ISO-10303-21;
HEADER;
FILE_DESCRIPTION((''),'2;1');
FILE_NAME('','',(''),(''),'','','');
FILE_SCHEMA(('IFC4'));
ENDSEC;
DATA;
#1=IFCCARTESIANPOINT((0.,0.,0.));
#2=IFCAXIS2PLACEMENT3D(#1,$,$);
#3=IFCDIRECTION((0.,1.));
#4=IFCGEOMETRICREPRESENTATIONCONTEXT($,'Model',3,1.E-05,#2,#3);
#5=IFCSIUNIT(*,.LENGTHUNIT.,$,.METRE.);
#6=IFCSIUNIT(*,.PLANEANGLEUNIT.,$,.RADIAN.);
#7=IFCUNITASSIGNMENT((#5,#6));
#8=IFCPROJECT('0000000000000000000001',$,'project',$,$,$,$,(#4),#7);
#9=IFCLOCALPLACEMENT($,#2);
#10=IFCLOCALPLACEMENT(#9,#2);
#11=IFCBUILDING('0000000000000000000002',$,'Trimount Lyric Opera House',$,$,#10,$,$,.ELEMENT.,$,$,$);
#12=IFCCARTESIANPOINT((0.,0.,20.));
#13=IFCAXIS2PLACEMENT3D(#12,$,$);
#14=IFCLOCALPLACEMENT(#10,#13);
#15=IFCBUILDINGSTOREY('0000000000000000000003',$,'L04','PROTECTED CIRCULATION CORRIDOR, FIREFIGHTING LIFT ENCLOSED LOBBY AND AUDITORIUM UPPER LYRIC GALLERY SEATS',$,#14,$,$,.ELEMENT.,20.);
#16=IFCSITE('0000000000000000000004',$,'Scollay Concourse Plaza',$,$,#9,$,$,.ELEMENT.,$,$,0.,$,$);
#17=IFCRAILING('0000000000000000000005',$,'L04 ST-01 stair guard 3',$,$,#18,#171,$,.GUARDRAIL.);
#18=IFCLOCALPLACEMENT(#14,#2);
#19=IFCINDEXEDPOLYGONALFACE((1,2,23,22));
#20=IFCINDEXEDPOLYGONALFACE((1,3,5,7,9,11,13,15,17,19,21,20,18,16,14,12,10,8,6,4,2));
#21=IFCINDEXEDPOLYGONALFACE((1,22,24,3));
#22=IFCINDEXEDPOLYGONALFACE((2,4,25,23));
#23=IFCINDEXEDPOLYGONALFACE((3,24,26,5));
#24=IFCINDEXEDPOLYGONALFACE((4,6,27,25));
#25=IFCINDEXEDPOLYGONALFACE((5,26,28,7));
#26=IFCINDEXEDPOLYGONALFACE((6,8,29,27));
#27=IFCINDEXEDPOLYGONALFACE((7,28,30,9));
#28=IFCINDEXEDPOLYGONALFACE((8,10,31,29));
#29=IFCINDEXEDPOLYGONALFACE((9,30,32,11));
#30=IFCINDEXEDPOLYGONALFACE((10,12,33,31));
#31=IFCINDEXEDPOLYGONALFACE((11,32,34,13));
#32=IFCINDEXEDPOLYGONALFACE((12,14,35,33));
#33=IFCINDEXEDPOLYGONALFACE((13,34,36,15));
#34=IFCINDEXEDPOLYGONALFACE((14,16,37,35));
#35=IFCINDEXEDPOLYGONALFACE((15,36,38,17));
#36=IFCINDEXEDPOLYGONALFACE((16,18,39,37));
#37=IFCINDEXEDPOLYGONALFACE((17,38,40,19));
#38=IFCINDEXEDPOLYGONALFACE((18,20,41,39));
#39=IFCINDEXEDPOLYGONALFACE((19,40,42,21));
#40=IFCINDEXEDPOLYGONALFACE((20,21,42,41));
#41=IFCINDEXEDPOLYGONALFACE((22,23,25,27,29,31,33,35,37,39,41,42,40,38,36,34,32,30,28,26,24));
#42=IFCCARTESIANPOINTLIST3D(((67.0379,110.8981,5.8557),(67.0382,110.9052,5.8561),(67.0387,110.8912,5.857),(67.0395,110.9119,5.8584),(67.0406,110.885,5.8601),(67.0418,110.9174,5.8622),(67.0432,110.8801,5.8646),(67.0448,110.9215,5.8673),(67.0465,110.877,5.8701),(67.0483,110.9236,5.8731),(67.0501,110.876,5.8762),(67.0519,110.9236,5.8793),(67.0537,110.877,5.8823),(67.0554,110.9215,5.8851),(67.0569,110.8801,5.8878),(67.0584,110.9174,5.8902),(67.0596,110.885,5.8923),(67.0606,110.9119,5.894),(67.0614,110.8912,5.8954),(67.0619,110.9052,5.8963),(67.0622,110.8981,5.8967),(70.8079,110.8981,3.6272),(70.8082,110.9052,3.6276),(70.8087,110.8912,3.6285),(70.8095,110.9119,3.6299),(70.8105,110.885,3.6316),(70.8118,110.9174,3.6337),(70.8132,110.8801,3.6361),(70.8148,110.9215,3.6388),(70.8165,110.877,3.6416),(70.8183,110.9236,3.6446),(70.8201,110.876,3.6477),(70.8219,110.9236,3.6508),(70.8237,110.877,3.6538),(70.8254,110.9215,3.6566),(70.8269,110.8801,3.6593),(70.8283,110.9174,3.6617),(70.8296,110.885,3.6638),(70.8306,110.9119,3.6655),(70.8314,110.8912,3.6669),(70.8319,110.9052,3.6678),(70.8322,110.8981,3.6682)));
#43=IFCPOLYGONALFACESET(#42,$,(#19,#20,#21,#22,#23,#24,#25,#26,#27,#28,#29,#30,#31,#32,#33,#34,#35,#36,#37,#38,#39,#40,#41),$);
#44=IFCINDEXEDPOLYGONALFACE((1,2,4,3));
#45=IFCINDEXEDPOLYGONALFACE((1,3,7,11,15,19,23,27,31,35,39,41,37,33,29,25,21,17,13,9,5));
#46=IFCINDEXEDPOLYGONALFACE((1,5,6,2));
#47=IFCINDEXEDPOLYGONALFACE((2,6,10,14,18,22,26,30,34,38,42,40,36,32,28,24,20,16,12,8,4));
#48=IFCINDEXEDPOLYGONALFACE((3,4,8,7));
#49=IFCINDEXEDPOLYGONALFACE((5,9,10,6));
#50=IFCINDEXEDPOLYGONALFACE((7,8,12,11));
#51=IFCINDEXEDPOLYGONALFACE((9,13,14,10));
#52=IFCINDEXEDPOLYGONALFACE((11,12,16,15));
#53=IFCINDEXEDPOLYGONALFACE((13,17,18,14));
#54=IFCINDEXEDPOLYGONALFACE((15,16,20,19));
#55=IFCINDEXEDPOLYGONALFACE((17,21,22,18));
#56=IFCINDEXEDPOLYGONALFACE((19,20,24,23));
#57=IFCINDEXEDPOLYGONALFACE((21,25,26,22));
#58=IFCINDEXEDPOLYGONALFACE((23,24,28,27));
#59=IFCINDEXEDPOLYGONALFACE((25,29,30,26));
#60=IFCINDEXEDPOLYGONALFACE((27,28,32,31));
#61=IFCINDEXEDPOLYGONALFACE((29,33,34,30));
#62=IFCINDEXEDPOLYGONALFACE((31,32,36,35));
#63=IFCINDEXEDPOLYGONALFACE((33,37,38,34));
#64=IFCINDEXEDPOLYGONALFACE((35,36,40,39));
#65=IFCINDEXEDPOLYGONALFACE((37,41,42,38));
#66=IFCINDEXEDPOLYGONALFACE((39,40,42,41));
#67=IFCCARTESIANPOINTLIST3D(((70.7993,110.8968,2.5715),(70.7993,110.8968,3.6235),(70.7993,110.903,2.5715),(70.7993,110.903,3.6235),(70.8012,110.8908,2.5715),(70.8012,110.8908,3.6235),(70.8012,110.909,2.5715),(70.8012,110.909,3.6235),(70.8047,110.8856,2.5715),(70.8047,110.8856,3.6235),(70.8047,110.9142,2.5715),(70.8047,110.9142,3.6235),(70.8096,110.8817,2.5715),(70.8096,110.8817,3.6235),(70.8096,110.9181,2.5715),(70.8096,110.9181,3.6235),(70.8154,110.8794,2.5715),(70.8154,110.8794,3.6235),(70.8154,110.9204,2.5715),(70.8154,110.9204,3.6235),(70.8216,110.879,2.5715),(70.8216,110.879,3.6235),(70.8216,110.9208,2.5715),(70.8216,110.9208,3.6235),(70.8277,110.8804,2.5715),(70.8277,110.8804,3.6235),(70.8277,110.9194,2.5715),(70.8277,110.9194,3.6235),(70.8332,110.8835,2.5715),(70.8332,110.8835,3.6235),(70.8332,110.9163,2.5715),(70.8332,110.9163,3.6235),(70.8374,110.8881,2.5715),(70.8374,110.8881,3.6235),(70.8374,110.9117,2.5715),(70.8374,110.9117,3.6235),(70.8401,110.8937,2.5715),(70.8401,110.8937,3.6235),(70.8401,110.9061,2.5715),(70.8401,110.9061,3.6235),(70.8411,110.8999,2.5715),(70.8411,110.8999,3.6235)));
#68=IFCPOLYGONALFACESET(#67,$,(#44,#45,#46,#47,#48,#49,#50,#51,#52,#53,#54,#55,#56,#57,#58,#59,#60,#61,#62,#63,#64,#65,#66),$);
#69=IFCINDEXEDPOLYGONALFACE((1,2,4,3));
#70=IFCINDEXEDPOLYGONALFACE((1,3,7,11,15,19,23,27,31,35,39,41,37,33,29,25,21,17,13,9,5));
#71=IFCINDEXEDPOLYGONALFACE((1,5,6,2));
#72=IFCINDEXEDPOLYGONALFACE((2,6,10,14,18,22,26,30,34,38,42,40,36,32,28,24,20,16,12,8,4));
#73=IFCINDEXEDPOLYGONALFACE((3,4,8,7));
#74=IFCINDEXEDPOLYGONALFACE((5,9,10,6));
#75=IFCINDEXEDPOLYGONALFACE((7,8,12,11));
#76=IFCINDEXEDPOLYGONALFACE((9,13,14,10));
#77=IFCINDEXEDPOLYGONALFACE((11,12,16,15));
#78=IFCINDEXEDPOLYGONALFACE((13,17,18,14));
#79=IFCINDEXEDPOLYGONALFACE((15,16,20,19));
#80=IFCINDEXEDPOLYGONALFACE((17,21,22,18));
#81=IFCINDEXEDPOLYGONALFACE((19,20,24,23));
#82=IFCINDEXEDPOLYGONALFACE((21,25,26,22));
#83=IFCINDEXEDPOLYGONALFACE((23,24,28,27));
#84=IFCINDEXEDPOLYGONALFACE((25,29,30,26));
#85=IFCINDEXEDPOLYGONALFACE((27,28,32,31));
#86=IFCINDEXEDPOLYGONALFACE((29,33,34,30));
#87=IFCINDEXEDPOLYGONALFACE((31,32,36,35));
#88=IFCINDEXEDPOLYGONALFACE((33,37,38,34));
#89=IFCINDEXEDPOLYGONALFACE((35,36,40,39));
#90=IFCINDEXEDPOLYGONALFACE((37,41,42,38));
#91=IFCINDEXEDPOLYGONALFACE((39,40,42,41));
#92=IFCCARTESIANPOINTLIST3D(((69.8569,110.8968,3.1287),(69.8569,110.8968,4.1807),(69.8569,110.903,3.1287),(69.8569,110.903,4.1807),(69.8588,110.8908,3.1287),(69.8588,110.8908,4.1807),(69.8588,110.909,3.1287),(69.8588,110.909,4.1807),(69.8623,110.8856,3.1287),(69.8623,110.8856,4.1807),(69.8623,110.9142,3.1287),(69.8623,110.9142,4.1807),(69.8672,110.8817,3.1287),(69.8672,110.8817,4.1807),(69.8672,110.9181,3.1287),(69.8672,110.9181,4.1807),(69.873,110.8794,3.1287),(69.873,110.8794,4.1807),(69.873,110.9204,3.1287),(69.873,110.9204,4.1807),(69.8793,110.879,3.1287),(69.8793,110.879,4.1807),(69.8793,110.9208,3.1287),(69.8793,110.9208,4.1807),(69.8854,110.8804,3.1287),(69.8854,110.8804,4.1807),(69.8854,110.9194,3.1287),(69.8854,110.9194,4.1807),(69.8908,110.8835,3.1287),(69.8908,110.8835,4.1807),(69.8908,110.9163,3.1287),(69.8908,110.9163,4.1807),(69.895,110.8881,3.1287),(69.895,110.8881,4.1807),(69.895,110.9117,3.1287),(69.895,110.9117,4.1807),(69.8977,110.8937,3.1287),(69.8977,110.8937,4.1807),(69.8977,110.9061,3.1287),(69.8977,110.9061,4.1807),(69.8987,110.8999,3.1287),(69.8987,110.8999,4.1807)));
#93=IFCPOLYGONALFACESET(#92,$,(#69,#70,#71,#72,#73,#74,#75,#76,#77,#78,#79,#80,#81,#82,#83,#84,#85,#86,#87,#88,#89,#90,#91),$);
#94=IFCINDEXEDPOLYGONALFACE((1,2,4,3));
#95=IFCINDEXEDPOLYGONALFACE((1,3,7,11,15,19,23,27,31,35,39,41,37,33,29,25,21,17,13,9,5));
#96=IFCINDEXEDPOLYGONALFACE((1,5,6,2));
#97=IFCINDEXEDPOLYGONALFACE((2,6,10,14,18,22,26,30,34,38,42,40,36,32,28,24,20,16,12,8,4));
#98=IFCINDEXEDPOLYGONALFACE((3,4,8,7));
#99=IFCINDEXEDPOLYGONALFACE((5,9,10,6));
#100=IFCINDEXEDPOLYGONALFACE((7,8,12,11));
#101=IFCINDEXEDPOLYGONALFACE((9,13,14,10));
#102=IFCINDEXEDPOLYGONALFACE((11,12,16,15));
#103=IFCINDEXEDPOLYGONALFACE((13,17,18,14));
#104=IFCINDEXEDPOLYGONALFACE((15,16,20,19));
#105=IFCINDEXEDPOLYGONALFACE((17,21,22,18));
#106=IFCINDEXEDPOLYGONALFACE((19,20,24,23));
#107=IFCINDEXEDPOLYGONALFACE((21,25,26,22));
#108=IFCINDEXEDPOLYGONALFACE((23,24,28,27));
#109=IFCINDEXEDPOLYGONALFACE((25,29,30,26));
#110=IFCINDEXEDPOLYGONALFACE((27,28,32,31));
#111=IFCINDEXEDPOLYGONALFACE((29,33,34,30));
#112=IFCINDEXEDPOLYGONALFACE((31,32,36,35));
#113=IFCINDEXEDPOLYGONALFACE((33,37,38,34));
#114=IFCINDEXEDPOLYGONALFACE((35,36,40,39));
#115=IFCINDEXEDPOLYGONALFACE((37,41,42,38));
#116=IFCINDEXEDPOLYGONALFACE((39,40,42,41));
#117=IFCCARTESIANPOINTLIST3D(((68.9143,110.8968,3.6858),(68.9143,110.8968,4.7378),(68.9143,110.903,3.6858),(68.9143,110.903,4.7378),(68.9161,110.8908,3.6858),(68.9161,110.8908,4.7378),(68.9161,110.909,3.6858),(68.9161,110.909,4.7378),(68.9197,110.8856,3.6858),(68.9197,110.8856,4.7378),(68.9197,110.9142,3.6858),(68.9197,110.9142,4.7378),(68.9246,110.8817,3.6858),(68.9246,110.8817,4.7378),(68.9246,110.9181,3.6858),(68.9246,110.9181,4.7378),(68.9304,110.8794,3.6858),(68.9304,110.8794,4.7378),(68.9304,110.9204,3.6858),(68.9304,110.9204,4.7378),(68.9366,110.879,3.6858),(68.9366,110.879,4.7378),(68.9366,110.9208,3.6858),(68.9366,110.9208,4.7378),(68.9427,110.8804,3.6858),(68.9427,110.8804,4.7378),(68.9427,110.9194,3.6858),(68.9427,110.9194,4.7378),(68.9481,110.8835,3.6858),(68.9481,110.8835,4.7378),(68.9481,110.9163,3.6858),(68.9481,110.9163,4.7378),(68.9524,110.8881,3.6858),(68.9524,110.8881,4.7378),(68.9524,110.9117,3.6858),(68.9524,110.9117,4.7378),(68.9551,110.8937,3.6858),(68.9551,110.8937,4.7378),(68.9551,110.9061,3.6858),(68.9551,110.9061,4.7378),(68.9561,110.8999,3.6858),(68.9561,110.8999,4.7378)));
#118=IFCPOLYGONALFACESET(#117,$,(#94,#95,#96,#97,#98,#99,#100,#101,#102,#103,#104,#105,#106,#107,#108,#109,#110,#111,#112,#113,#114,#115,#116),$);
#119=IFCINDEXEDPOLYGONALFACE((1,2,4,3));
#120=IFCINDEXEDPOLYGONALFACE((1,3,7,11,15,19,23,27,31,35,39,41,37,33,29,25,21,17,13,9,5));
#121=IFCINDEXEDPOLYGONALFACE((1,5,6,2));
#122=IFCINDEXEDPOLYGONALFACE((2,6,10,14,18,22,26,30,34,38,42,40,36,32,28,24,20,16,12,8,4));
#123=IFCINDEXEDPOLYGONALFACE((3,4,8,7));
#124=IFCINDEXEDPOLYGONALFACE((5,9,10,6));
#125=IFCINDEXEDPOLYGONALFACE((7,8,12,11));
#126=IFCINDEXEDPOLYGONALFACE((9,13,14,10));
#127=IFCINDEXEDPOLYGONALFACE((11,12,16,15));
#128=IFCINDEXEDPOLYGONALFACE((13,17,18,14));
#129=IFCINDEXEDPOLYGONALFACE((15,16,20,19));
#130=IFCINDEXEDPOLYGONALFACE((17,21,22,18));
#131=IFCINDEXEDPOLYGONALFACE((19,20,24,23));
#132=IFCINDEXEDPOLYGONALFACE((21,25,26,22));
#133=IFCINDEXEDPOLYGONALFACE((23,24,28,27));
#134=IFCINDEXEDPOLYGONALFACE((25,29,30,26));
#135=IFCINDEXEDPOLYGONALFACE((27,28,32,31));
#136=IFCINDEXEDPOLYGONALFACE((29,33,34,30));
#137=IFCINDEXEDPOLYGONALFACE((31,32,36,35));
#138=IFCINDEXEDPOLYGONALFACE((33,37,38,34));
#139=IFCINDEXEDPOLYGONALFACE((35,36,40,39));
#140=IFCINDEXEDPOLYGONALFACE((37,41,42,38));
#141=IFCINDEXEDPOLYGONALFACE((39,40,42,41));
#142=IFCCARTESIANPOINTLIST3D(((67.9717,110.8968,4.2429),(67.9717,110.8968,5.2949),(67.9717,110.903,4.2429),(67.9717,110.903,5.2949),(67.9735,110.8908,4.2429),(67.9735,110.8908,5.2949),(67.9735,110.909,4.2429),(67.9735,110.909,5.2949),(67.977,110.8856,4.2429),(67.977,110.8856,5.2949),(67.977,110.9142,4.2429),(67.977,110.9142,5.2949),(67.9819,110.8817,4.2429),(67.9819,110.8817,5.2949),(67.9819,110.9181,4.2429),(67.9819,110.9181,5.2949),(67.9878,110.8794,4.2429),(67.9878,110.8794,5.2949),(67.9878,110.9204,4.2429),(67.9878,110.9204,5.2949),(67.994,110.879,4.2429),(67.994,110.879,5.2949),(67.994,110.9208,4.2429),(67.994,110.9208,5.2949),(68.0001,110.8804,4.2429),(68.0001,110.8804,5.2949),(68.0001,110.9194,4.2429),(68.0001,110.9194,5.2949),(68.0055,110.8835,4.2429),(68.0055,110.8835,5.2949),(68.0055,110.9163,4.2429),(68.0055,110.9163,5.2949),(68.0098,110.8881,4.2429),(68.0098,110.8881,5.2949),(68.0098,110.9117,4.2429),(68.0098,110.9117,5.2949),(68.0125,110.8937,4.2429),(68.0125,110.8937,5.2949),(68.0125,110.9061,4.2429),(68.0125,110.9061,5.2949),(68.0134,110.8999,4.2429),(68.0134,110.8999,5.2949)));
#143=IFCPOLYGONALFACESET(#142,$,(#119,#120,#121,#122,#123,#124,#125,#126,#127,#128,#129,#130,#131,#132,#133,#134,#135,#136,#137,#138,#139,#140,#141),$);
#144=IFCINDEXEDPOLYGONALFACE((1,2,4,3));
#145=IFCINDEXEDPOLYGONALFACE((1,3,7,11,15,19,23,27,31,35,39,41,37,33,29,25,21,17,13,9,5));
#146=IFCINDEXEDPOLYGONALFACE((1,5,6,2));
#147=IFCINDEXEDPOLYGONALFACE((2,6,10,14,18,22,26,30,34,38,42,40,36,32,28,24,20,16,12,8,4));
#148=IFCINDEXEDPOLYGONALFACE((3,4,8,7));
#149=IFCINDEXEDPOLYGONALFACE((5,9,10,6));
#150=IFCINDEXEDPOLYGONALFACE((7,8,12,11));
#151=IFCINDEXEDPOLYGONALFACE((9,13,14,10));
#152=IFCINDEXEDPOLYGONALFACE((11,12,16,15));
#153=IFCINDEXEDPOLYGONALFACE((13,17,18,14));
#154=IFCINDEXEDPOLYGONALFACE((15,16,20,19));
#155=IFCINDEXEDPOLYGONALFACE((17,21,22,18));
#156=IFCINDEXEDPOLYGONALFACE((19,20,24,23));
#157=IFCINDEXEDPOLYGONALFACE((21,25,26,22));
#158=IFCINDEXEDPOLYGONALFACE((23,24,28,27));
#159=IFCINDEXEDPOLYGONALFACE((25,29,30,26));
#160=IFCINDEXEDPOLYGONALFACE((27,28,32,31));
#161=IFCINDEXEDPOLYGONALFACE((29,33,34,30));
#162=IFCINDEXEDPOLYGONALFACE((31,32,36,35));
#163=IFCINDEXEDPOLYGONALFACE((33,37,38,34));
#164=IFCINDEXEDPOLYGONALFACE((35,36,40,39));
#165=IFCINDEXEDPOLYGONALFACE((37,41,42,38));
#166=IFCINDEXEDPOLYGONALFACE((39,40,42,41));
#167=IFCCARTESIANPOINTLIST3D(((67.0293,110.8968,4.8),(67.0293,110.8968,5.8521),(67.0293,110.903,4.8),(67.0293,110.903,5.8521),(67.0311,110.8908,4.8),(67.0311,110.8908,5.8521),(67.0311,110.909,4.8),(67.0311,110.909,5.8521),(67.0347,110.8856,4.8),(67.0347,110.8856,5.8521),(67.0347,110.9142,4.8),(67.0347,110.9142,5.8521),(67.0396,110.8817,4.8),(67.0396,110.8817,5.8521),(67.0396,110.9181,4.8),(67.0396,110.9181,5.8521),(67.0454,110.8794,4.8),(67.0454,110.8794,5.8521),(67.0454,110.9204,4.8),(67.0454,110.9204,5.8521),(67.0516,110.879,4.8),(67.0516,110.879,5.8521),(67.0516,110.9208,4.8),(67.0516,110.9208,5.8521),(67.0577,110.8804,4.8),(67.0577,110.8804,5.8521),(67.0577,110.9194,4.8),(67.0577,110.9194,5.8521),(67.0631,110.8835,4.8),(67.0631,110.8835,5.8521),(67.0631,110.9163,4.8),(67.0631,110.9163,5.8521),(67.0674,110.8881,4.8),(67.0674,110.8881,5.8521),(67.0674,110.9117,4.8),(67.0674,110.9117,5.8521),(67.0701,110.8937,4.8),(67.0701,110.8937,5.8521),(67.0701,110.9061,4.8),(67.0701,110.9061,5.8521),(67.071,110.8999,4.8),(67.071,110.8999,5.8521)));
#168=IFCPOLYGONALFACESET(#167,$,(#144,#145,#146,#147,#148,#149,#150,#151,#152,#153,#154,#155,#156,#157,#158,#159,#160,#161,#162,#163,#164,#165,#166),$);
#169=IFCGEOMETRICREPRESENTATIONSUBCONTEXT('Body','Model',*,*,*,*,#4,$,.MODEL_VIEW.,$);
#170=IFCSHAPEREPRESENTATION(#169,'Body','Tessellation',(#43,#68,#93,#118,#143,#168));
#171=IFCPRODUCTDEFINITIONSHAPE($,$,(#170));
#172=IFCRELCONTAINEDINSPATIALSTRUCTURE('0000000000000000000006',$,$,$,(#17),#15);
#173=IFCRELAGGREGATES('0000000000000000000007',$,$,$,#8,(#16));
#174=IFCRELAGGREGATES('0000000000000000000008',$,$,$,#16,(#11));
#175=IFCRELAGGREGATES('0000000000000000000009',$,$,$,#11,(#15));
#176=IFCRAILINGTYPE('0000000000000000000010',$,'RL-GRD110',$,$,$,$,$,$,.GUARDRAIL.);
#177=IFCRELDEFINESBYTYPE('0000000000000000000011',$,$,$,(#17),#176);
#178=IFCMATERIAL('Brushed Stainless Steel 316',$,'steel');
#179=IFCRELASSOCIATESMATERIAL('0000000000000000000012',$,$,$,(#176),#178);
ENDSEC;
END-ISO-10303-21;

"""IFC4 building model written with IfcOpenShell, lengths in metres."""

from ifc_helpers import new_model, si_unit, direction, frame, origin, origin_2d, place, context, subcontext, project, spatial, circle, extrude, material, type_object, element, save


model = new_model("IFC4")

# Units and contexts
model_context = context("Model", 3, precision=1e-05, world=origin(), true_north=direction((0.0, 1.0)))
body_context = subcontext(model_context, "Body", "Model", "MODEL_VIEW")
ifc_project = project(units=[si_unit("LENGTHUNIT", "METRE"), si_unit("PLANEANGLEUNIT", "RADIAN")], contexts=[model_context])

# Site, building, storey
site_placement = place(None, origin())
site = spatial("IfcSite", under=ifc_project, at=site_placement, Name="Scollay Concourse Plaza", CompositionType="ELEMENT", RefElevation=0.0)
building_placement = place(site_placement, origin())
building = spatial("IfcBuilding", under=site, at=building_placement, Name="Trimount Lyric Opera House", CompositionType="ELEMENT")
storey_placement = place(building_placement, frame((0.0, 0.0, 20.0)))
storey = spatial("IfcBuildingStorey", under=building, at=storey_placement, Name="L04", Description="PROTECTED CIRCULATION CORRIDOR, FIREFIGHTING LIFT ENCLOSED LOBBY AND AUDITORIUM UPPER LYRIC GALLERY SEATS", CompositionType="ELEMENT", Elevation=20.0)

# Railing
ifc_material_1 = material(Name="Brushed Stainless Steel 316", Category="steel")
railing_type_1 = type_object("IfcRailingType", Name="RL-GRD110", PredefinedType="GUARDRAIL", material=ifc_material_1)
railing_1_placement = place(storey_placement, frame((70.8201, 110.8999, 2.5715)))
element("IfcRailing", 1, at=railing_1_placement, inside=storey, type_object=railing_type_1, Name="L04 ST-01 stair guard 3", PredefinedType="GUARDRAIL", context=body_context, shape_type="SweptSolid", body=[
    extrude(circle(Radius=0.0239, at=origin_2d()), frame((0.0, 0.0, 1.0762), z_axis=(-0.860849, 0.0, 0.508861), x_axis=(0.0, -1.0, 0.0)), (0.0, 0.0, 1.0), 4.3794),
    extrude(circle(Radius=0.021, at=origin_2d()), origin(), (0.0, 0.0, 1.0), 1.052),
    extrude(circle(Radius=0.021, at=origin_2d()), frame((-0.9424, 0.0, 0.5571)), (0.0, 0.0, 1.0), 1.052),
    extrude(circle(Radius=0.021, at=origin_2d()), frame((-1.885, 0.0, 1.1143)), (0.0, 0.0, 1.0), 1.052),
    extrude(circle(Radius=0.021, at=origin_2d()), frame((-2.8276, 0.0, 1.6714)), (0.0, 0.0, 1.0), 1.052),
    extrude(circle(Radius=0.021, at=origin_2d()), frame((-3.77, 0.0, 2.2285)), (0.0, 0.0, 1.0), 1.052),
])

save(model, "model.ifc")
